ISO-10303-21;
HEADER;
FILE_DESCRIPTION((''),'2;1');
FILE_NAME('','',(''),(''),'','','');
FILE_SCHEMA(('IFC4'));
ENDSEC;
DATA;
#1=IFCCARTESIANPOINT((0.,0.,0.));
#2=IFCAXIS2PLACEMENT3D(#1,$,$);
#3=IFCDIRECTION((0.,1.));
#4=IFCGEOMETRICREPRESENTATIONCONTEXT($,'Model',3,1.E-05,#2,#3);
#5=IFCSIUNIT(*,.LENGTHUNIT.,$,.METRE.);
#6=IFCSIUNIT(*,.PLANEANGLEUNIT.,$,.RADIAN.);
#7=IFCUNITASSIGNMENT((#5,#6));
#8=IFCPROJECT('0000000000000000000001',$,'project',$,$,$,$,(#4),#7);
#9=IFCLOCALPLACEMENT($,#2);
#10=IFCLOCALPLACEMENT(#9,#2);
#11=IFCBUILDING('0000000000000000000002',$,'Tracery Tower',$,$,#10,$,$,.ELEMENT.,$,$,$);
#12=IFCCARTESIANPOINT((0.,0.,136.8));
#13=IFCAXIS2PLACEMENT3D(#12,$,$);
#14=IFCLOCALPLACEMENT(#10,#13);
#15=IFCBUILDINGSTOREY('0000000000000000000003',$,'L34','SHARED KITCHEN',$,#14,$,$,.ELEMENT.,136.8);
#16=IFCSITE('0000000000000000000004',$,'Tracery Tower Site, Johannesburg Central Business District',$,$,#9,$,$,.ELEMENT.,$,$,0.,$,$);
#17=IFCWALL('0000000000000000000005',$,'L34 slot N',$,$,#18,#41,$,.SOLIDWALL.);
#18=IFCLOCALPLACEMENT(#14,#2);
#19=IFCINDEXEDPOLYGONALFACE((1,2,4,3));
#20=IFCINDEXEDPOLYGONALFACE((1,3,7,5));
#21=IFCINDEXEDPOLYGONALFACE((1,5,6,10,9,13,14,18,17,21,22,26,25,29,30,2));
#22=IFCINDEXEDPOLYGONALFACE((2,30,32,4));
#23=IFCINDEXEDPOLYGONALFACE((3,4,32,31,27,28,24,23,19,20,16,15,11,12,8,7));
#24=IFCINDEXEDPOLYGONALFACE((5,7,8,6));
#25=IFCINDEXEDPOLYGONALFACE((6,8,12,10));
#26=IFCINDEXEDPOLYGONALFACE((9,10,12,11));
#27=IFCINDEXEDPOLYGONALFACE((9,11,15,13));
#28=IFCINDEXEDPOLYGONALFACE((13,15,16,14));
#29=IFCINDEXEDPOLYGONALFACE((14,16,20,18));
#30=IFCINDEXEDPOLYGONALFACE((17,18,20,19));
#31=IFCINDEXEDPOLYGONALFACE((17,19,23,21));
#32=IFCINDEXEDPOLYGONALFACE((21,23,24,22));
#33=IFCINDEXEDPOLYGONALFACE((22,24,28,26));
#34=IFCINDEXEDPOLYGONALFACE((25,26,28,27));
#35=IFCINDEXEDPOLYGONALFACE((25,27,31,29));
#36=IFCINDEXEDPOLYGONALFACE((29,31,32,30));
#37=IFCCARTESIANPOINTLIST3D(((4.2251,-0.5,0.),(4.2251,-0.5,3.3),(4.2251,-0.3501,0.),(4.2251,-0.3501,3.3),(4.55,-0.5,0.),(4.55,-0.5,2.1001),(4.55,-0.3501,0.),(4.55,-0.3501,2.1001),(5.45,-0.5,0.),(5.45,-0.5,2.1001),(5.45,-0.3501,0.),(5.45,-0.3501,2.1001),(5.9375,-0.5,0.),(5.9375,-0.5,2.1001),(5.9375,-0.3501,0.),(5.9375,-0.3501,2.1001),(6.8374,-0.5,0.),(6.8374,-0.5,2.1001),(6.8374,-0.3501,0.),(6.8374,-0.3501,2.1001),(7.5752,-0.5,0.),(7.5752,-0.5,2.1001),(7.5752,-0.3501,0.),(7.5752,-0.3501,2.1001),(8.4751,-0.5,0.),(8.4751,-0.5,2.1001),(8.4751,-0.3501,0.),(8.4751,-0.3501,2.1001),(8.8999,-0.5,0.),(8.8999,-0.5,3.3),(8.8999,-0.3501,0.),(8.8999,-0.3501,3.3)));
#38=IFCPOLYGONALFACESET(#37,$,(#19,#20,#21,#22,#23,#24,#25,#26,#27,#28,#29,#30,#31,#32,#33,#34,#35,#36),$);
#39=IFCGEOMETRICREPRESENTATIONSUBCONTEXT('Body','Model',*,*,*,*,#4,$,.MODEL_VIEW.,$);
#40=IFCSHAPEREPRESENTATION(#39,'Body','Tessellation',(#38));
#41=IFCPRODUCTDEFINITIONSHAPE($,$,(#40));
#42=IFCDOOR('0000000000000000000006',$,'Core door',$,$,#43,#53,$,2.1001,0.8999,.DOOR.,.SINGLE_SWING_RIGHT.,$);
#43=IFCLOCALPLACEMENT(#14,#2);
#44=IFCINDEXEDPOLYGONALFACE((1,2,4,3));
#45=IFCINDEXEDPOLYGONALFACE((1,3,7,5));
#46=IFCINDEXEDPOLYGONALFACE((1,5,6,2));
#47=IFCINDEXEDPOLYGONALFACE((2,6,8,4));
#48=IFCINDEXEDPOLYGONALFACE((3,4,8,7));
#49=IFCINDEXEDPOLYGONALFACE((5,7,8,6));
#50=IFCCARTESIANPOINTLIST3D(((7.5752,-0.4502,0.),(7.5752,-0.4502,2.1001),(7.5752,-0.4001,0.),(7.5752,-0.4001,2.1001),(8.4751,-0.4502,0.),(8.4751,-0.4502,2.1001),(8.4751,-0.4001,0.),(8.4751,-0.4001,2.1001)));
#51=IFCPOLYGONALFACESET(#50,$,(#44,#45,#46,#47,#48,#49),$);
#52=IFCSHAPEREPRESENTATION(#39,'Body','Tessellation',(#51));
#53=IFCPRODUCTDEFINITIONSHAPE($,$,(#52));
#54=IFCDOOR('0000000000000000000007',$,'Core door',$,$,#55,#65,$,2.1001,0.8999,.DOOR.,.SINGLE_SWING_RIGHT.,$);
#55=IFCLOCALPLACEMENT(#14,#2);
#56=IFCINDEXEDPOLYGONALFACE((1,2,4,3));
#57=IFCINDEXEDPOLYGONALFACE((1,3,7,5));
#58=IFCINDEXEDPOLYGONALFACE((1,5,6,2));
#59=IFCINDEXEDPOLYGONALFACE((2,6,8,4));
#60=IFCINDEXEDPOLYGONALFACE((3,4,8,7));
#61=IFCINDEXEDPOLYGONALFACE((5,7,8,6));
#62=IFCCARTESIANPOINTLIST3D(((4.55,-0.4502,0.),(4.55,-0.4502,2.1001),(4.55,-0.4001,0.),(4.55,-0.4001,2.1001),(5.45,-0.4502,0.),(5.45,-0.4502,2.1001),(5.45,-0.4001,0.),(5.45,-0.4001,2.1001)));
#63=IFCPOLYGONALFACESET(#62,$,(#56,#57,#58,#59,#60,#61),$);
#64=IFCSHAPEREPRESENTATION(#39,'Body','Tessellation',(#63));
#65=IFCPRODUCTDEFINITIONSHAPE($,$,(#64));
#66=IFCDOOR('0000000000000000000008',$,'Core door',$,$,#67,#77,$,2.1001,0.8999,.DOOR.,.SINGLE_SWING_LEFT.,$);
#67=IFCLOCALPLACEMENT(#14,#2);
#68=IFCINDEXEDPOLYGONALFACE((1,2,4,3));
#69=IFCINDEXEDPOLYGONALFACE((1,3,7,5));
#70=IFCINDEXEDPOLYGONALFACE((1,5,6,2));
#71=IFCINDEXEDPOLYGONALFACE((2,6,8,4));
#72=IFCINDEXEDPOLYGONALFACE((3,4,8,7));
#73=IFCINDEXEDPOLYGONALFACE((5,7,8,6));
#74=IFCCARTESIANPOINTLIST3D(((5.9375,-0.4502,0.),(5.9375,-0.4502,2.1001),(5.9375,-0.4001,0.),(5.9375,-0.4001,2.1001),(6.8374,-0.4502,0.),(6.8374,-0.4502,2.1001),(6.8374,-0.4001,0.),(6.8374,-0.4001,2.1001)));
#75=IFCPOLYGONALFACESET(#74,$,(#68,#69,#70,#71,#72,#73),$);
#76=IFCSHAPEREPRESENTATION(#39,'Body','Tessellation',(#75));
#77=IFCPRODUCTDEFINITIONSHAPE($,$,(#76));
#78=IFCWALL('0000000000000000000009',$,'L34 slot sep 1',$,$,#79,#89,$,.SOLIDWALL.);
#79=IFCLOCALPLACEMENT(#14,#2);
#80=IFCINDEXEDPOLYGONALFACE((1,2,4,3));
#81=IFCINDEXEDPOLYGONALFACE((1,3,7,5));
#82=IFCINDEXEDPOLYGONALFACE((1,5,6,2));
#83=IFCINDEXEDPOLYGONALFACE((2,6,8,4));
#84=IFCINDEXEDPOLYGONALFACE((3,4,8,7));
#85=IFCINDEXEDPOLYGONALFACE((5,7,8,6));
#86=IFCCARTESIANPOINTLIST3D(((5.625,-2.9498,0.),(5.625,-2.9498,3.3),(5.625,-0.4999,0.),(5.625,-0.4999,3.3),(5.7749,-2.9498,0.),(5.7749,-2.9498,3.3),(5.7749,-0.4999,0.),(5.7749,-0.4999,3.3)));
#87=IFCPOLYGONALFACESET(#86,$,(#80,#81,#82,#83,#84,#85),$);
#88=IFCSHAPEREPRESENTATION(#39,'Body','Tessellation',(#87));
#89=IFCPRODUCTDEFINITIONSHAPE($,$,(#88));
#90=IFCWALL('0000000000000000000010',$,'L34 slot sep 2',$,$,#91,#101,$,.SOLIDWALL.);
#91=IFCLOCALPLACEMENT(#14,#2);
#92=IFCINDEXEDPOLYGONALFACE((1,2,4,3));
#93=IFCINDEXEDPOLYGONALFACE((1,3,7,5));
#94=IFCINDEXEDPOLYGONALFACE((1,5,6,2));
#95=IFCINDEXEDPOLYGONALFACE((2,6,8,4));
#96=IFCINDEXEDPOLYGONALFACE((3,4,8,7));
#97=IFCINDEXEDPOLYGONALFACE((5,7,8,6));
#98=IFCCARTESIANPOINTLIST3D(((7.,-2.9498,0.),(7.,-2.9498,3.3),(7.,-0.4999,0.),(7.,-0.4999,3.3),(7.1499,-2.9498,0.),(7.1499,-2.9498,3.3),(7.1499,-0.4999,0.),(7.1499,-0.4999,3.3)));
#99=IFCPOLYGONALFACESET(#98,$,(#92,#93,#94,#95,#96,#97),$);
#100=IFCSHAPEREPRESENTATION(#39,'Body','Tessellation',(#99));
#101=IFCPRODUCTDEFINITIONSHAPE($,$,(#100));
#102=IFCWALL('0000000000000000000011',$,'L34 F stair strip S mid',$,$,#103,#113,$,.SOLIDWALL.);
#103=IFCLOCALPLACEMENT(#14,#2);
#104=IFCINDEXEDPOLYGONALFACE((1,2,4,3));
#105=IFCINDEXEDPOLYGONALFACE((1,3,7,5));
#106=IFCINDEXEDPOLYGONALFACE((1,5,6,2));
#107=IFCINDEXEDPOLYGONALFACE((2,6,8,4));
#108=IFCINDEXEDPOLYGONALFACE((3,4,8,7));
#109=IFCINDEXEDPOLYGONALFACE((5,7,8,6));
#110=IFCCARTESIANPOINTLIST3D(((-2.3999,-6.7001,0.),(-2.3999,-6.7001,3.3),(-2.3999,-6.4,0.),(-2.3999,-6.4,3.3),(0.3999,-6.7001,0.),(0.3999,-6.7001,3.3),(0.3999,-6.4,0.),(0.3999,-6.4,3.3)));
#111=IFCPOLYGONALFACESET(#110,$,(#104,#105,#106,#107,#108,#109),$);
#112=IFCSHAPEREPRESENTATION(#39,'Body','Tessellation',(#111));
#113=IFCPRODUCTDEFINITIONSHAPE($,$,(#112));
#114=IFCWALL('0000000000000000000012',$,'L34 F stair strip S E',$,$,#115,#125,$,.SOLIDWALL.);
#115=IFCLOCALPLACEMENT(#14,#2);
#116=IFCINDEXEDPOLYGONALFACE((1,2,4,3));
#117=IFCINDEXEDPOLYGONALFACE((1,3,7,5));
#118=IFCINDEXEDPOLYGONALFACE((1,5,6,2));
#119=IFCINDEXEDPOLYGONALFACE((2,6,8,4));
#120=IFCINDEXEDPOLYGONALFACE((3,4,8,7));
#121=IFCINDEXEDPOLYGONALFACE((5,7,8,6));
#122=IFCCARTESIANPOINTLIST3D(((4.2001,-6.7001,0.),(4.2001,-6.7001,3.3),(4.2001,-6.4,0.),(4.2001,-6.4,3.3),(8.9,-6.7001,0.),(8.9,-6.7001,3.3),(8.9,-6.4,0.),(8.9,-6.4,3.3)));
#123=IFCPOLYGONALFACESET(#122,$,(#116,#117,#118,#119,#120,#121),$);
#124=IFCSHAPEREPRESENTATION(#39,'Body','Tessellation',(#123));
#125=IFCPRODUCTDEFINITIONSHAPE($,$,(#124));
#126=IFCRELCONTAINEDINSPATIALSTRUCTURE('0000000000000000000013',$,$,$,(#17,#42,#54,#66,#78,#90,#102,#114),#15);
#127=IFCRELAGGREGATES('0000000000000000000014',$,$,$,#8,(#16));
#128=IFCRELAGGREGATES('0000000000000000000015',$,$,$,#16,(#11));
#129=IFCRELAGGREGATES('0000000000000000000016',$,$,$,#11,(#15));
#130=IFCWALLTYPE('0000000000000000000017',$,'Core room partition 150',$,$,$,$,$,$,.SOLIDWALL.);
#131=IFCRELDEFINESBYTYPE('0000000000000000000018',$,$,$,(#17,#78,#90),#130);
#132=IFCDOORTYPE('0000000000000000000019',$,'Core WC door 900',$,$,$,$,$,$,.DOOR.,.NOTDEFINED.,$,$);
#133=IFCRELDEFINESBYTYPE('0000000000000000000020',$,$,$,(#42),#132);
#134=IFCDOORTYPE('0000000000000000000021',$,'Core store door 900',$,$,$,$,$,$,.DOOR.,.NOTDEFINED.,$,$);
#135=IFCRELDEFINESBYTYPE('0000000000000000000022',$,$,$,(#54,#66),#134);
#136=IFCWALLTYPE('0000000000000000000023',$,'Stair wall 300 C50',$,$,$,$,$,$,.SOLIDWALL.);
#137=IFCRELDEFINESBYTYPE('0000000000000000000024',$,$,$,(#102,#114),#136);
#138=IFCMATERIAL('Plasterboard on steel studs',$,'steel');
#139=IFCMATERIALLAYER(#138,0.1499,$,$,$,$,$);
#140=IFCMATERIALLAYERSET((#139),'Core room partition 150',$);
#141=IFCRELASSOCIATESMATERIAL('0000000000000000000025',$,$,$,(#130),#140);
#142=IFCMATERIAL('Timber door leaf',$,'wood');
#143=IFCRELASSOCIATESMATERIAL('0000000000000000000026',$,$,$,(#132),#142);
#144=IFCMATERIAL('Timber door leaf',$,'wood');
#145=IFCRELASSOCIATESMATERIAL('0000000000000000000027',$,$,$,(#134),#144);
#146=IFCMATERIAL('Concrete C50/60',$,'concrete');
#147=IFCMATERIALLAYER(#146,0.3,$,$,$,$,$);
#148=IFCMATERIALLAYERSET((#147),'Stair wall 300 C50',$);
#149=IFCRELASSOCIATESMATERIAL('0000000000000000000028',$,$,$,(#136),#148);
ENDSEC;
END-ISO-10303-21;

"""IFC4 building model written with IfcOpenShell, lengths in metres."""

from ifc_helpers import new_model, si_unit, direction, frame, frame_2d, origin, place, context, subcontext, project, spatial, rectangle, extrude, material, layer, layer_set, type_object, element, fill, save


model = new_model("IFC4")

# Units and contexts
model_context = context("Model", 3, precision=1e-05, world=origin(), true_north=direction((0.0, 1.0)))
body_context = subcontext(model_context, "Body", "Model", "MODEL_VIEW")
ifc_project = project(units=[si_unit("LENGTHUNIT", "METRE"), si_unit("PLANEANGLEUNIT", "RADIAN")], contexts=[model_context])

# Site, building, storey
site_placement = place(None, origin())
site = spatial("IfcSite", under=ifc_project, at=site_placement, Name="Tracery Tower Site, Johannesburg Central Business District", CompositionType="ELEMENT", RefElevation=0.0)
building_placement = place(site_placement, origin())
building = spatial("IfcBuilding", under=site, at=building_placement, Name="Tracery Tower", CompositionType="ELEMENT")
storey_placement = place(building_placement, frame((0.0, 0.0, 136.8)))
storey = spatial("IfcBuildingStorey", under=building, at=storey_placement, Name="L34", Description="SHARED KITCHEN", CompositionType="ELEMENT", Elevation=136.8)

# Shared definitions
ifc_material_1 = material(Name="Plasterboard on steel studs", Category="steel")
ifc_layer_1 = layer(ifc_material_1, 0.1499)
ifc_layer_set_1 = layer_set([ifc_layer_1], Name="Core room partition 150")
wall_type_1 = type_object("IfcWallType", Name="Core room partition 150", PredefinedType="SOLIDWALL", material=ifc_layer_set_1)

# Wall, openings, doors
wall_1_placement = place(storey_placement, frame((4.2251, -0.425, 0.0), z_axis=(0.0, 0.0, 1.0), x_axis=(1.0, 0.0, 0.0)))
wall_1 = element("IfcWall", 1, at=wall_1_placement, inside=storey, type_object=wall_type_1, Name="L34 slot N", PredefinedType="SOLIDWALL", context=body_context, shape_type="SweptSolid", body=[
    extrude(rectangle(XDim=4.6748, YDim=0.1499, at=frame_2d((2.3374, 0.0))), origin(), (0.0, 0.0, 1.0), 3.3),
])
opening_1_placement = place(wall_1_placement, frame((0.325, 0.0, 0.0)))
opening_1 = element("IfcOpeningElement", 2, at=opening_1_placement, cuts=wall_1, PredefinedType="OPENING", context=body_context, shape_type="SweptSolid", body=[
    extrude(rectangle(XDim=0.8999, YDim=2.1001, at=frame_2d((0.45, 1.05))), frame((0.0, 0.075, 0.0), z_axis=(0.0, -1.0, 0.0), x_axis=(1.0, 0.0, 0.0)), (0.0, 0.0, 1.0), 0.1499),
])
opening_2_placement = place(wall_1_placement, frame((1.7124, 0.0, 0.0)))
opening_2 = element("IfcOpeningElement", 3, at=opening_2_placement, cuts=wall_1, PredefinedType="OPENING", context=body_context, shape_type="SweptSolid", body=[
    extrude(rectangle(XDim=0.8999, YDim=2.1001, at=frame_2d((0.45, 1.05))), frame((0.0, 0.075, 0.0), z_axis=(0.0, -1.0, 0.0), x_axis=(1.0, 0.0, 0.0)), (0.0, 0.0, 1.0), 0.1499),
])
opening_3_placement = place(wall_1_placement, frame((3.3501, 0.0, 0.0)))
opening_3 = element("IfcOpeningElement", 4, at=opening_3_placement, cuts=wall_1, PredefinedType="OPENING", context=body_context, shape_type="SweptSolid", body=[
    extrude(rectangle(XDim=0.8999, YDim=2.1001, at=frame_2d((0.45, 1.05))), frame((0.0, 0.075, 0.0), z_axis=(0.0, -1.0, 0.0), x_axis=(1.0, 0.0, 0.0)), (0.0, 0.0, 1.0), 0.1499),
])
ifc_material_2 = material(Name="Timber door leaf", Category="wood")
door_type_1 = type_object("IfcDoorType", Name="Core WC door 900", OperationType="NOTDEFINED", PredefinedType="DOOR", material=ifc_material_2)
door_1_placement = place(opening_3_placement, origin())
door_1 = element("IfcDoor", 5, at=door_1_placement, inside=storey, type_object=door_type_1, Name="Core door", OperationType="SINGLE_SWING_RIGHT", OverallHeight=2.1001, OverallWidth=0.8999, PredefinedType="DOOR", context=body_context, shape_type="SweptSolid", body=[
    extrude(rectangle(XDim=0.8999, YDim=2.1001, at=frame_2d((0.45, 1.05))), frame((0.0, 0.0249, 0.0), z_axis=(0.0, -1.0, 0.0), x_axis=(1.0, 0.0, 0.0)), (0.0, 0.0, 1.0), 0.05),
])
fill(opening_3, door_1)
ifc_material_3 = material(Name="Timber door leaf", Category="wood")
door_type_2 = type_object("IfcDoorType", Name="Core store door 900", OperationType="NOTDEFINED", PredefinedType="DOOR", material=ifc_material_3)
door_2_placement = place(opening_1_placement, origin())
door_2 = element("IfcDoor", 6, at=door_2_placement, inside=storey, type_object=door_type_2, Name="Core door", OperationType="SINGLE_SWING_RIGHT", OverallHeight=2.1001, OverallWidth=0.8999, PredefinedType="DOOR", context=body_context, shape_type="SweptSolid", body=[
    extrude(rectangle(XDim=0.8999, YDim=2.1001, at=frame_2d((0.45, 1.05))), frame((0.0, 0.0249, 0.0), z_axis=(0.0, -1.0, 0.0), x_axis=(1.0, 0.0, 0.0)), (0.0, 0.0, 1.0), 0.05),
])
fill(opening_1, door_2)
door_3_placement = place(opening_2_placement, origin())
door_3 = element("IfcDoor", 7, at=door_3_placement, inside=storey, type_object=door_type_2, Name="Core door", OperationType="SINGLE_SWING_LEFT", OverallHeight=2.1001, OverallWidth=0.8999, PredefinedType="DOOR", context=body_context, shape_type="SweptSolid", body=[
    extrude(rectangle(XDim=0.8999, YDim=2.1001, at=frame_2d((0.45, 1.05))), frame((0.0, 0.0249, 0.0), z_axis=(0.0, -1.0, 0.0), x_axis=(1.0, 0.0, 0.0)), (0.0, 0.0, 1.0), 0.05),
])
fill(opening_2, door_3)

# Walls
for number, where, z_axis, x_axis, name in (
    (8, (5.7, -2.95, 0.0), (0.0, 0.0, 1.0), (0.0, 1.0, 0.0), "L34 slot sep 1"),
    (9, (7.075, -2.95, 0.0), (0.0, 0.0, 1.0), (0.0, 1.0, 0.0), "L34 slot sep 2"),
):
    element("IfcWall", number, at=place(storey_placement, frame(where, z_axis=z_axis, x_axis=x_axis)), inside=storey, type_object=wall_type_1, Name=name, PredefinedType="SOLIDWALL", context=body_context, shape_type="SweptSolid", body=[
        extrude(rectangle(XDim=2.45, YDim=0.1499, at=frame_2d((1.2251, 0.0))), origin(), (0.0, 0.0, 1.0), 3.3),
    ])

# Shared definitions
ifc_material_4 = material(Name="Concrete C50/60", Category="concrete")
ifc_layer_2 = layer(ifc_material_4, 0.3)
ifc_layer_set_2 = layer_set([ifc_layer_2], Name="Stair wall 300 C50")
wall_type_2 = type_object("IfcWallType", Name="Stair wall 300 C50", PredefinedType="SOLIDWALL", material=ifc_layer_set_2)

# Walls
wall_2_placement = place(storey_placement, frame((-2.3999, -6.55, 0.0), z_axis=(0.0, 0.0, 1.0), x_axis=(1.0, 0.0, 0.0)))
element("IfcWall", 10, at=wall_2_placement, inside=storey, type_object=wall_type_2, Name="L34 F stair strip S mid", PredefinedType="SOLIDWALL", context=body_context, shape_type="SweptSolid", body=[
    extrude(rectangle(XDim=2.7998, YDim=0.3, at=frame_2d((1.3999, 0.0))), origin(), (0.0, 0.0, 1.0), 3.3),
])
wall_3_placement = place(storey_placement, frame((4.2, -6.55, 0.0), z_axis=(0.0, 0.0, 1.0), x_axis=(1.0, 0.0, 0.0)))
element("IfcWall", 11, at=wall_3_placement, inside=storey, type_object=wall_type_2, Name="L34 F stair strip S E", PredefinedType="SOLIDWALL", context=body_context, shape_type="SweptSolid", body=[
    extrude(rectangle(XDim=4.7, YDim=0.3, at=frame_2d((2.3501, 0.0))), origin(), (0.0, 0.0, 1.0), 3.3),
])

save(model, "model.ifc")
